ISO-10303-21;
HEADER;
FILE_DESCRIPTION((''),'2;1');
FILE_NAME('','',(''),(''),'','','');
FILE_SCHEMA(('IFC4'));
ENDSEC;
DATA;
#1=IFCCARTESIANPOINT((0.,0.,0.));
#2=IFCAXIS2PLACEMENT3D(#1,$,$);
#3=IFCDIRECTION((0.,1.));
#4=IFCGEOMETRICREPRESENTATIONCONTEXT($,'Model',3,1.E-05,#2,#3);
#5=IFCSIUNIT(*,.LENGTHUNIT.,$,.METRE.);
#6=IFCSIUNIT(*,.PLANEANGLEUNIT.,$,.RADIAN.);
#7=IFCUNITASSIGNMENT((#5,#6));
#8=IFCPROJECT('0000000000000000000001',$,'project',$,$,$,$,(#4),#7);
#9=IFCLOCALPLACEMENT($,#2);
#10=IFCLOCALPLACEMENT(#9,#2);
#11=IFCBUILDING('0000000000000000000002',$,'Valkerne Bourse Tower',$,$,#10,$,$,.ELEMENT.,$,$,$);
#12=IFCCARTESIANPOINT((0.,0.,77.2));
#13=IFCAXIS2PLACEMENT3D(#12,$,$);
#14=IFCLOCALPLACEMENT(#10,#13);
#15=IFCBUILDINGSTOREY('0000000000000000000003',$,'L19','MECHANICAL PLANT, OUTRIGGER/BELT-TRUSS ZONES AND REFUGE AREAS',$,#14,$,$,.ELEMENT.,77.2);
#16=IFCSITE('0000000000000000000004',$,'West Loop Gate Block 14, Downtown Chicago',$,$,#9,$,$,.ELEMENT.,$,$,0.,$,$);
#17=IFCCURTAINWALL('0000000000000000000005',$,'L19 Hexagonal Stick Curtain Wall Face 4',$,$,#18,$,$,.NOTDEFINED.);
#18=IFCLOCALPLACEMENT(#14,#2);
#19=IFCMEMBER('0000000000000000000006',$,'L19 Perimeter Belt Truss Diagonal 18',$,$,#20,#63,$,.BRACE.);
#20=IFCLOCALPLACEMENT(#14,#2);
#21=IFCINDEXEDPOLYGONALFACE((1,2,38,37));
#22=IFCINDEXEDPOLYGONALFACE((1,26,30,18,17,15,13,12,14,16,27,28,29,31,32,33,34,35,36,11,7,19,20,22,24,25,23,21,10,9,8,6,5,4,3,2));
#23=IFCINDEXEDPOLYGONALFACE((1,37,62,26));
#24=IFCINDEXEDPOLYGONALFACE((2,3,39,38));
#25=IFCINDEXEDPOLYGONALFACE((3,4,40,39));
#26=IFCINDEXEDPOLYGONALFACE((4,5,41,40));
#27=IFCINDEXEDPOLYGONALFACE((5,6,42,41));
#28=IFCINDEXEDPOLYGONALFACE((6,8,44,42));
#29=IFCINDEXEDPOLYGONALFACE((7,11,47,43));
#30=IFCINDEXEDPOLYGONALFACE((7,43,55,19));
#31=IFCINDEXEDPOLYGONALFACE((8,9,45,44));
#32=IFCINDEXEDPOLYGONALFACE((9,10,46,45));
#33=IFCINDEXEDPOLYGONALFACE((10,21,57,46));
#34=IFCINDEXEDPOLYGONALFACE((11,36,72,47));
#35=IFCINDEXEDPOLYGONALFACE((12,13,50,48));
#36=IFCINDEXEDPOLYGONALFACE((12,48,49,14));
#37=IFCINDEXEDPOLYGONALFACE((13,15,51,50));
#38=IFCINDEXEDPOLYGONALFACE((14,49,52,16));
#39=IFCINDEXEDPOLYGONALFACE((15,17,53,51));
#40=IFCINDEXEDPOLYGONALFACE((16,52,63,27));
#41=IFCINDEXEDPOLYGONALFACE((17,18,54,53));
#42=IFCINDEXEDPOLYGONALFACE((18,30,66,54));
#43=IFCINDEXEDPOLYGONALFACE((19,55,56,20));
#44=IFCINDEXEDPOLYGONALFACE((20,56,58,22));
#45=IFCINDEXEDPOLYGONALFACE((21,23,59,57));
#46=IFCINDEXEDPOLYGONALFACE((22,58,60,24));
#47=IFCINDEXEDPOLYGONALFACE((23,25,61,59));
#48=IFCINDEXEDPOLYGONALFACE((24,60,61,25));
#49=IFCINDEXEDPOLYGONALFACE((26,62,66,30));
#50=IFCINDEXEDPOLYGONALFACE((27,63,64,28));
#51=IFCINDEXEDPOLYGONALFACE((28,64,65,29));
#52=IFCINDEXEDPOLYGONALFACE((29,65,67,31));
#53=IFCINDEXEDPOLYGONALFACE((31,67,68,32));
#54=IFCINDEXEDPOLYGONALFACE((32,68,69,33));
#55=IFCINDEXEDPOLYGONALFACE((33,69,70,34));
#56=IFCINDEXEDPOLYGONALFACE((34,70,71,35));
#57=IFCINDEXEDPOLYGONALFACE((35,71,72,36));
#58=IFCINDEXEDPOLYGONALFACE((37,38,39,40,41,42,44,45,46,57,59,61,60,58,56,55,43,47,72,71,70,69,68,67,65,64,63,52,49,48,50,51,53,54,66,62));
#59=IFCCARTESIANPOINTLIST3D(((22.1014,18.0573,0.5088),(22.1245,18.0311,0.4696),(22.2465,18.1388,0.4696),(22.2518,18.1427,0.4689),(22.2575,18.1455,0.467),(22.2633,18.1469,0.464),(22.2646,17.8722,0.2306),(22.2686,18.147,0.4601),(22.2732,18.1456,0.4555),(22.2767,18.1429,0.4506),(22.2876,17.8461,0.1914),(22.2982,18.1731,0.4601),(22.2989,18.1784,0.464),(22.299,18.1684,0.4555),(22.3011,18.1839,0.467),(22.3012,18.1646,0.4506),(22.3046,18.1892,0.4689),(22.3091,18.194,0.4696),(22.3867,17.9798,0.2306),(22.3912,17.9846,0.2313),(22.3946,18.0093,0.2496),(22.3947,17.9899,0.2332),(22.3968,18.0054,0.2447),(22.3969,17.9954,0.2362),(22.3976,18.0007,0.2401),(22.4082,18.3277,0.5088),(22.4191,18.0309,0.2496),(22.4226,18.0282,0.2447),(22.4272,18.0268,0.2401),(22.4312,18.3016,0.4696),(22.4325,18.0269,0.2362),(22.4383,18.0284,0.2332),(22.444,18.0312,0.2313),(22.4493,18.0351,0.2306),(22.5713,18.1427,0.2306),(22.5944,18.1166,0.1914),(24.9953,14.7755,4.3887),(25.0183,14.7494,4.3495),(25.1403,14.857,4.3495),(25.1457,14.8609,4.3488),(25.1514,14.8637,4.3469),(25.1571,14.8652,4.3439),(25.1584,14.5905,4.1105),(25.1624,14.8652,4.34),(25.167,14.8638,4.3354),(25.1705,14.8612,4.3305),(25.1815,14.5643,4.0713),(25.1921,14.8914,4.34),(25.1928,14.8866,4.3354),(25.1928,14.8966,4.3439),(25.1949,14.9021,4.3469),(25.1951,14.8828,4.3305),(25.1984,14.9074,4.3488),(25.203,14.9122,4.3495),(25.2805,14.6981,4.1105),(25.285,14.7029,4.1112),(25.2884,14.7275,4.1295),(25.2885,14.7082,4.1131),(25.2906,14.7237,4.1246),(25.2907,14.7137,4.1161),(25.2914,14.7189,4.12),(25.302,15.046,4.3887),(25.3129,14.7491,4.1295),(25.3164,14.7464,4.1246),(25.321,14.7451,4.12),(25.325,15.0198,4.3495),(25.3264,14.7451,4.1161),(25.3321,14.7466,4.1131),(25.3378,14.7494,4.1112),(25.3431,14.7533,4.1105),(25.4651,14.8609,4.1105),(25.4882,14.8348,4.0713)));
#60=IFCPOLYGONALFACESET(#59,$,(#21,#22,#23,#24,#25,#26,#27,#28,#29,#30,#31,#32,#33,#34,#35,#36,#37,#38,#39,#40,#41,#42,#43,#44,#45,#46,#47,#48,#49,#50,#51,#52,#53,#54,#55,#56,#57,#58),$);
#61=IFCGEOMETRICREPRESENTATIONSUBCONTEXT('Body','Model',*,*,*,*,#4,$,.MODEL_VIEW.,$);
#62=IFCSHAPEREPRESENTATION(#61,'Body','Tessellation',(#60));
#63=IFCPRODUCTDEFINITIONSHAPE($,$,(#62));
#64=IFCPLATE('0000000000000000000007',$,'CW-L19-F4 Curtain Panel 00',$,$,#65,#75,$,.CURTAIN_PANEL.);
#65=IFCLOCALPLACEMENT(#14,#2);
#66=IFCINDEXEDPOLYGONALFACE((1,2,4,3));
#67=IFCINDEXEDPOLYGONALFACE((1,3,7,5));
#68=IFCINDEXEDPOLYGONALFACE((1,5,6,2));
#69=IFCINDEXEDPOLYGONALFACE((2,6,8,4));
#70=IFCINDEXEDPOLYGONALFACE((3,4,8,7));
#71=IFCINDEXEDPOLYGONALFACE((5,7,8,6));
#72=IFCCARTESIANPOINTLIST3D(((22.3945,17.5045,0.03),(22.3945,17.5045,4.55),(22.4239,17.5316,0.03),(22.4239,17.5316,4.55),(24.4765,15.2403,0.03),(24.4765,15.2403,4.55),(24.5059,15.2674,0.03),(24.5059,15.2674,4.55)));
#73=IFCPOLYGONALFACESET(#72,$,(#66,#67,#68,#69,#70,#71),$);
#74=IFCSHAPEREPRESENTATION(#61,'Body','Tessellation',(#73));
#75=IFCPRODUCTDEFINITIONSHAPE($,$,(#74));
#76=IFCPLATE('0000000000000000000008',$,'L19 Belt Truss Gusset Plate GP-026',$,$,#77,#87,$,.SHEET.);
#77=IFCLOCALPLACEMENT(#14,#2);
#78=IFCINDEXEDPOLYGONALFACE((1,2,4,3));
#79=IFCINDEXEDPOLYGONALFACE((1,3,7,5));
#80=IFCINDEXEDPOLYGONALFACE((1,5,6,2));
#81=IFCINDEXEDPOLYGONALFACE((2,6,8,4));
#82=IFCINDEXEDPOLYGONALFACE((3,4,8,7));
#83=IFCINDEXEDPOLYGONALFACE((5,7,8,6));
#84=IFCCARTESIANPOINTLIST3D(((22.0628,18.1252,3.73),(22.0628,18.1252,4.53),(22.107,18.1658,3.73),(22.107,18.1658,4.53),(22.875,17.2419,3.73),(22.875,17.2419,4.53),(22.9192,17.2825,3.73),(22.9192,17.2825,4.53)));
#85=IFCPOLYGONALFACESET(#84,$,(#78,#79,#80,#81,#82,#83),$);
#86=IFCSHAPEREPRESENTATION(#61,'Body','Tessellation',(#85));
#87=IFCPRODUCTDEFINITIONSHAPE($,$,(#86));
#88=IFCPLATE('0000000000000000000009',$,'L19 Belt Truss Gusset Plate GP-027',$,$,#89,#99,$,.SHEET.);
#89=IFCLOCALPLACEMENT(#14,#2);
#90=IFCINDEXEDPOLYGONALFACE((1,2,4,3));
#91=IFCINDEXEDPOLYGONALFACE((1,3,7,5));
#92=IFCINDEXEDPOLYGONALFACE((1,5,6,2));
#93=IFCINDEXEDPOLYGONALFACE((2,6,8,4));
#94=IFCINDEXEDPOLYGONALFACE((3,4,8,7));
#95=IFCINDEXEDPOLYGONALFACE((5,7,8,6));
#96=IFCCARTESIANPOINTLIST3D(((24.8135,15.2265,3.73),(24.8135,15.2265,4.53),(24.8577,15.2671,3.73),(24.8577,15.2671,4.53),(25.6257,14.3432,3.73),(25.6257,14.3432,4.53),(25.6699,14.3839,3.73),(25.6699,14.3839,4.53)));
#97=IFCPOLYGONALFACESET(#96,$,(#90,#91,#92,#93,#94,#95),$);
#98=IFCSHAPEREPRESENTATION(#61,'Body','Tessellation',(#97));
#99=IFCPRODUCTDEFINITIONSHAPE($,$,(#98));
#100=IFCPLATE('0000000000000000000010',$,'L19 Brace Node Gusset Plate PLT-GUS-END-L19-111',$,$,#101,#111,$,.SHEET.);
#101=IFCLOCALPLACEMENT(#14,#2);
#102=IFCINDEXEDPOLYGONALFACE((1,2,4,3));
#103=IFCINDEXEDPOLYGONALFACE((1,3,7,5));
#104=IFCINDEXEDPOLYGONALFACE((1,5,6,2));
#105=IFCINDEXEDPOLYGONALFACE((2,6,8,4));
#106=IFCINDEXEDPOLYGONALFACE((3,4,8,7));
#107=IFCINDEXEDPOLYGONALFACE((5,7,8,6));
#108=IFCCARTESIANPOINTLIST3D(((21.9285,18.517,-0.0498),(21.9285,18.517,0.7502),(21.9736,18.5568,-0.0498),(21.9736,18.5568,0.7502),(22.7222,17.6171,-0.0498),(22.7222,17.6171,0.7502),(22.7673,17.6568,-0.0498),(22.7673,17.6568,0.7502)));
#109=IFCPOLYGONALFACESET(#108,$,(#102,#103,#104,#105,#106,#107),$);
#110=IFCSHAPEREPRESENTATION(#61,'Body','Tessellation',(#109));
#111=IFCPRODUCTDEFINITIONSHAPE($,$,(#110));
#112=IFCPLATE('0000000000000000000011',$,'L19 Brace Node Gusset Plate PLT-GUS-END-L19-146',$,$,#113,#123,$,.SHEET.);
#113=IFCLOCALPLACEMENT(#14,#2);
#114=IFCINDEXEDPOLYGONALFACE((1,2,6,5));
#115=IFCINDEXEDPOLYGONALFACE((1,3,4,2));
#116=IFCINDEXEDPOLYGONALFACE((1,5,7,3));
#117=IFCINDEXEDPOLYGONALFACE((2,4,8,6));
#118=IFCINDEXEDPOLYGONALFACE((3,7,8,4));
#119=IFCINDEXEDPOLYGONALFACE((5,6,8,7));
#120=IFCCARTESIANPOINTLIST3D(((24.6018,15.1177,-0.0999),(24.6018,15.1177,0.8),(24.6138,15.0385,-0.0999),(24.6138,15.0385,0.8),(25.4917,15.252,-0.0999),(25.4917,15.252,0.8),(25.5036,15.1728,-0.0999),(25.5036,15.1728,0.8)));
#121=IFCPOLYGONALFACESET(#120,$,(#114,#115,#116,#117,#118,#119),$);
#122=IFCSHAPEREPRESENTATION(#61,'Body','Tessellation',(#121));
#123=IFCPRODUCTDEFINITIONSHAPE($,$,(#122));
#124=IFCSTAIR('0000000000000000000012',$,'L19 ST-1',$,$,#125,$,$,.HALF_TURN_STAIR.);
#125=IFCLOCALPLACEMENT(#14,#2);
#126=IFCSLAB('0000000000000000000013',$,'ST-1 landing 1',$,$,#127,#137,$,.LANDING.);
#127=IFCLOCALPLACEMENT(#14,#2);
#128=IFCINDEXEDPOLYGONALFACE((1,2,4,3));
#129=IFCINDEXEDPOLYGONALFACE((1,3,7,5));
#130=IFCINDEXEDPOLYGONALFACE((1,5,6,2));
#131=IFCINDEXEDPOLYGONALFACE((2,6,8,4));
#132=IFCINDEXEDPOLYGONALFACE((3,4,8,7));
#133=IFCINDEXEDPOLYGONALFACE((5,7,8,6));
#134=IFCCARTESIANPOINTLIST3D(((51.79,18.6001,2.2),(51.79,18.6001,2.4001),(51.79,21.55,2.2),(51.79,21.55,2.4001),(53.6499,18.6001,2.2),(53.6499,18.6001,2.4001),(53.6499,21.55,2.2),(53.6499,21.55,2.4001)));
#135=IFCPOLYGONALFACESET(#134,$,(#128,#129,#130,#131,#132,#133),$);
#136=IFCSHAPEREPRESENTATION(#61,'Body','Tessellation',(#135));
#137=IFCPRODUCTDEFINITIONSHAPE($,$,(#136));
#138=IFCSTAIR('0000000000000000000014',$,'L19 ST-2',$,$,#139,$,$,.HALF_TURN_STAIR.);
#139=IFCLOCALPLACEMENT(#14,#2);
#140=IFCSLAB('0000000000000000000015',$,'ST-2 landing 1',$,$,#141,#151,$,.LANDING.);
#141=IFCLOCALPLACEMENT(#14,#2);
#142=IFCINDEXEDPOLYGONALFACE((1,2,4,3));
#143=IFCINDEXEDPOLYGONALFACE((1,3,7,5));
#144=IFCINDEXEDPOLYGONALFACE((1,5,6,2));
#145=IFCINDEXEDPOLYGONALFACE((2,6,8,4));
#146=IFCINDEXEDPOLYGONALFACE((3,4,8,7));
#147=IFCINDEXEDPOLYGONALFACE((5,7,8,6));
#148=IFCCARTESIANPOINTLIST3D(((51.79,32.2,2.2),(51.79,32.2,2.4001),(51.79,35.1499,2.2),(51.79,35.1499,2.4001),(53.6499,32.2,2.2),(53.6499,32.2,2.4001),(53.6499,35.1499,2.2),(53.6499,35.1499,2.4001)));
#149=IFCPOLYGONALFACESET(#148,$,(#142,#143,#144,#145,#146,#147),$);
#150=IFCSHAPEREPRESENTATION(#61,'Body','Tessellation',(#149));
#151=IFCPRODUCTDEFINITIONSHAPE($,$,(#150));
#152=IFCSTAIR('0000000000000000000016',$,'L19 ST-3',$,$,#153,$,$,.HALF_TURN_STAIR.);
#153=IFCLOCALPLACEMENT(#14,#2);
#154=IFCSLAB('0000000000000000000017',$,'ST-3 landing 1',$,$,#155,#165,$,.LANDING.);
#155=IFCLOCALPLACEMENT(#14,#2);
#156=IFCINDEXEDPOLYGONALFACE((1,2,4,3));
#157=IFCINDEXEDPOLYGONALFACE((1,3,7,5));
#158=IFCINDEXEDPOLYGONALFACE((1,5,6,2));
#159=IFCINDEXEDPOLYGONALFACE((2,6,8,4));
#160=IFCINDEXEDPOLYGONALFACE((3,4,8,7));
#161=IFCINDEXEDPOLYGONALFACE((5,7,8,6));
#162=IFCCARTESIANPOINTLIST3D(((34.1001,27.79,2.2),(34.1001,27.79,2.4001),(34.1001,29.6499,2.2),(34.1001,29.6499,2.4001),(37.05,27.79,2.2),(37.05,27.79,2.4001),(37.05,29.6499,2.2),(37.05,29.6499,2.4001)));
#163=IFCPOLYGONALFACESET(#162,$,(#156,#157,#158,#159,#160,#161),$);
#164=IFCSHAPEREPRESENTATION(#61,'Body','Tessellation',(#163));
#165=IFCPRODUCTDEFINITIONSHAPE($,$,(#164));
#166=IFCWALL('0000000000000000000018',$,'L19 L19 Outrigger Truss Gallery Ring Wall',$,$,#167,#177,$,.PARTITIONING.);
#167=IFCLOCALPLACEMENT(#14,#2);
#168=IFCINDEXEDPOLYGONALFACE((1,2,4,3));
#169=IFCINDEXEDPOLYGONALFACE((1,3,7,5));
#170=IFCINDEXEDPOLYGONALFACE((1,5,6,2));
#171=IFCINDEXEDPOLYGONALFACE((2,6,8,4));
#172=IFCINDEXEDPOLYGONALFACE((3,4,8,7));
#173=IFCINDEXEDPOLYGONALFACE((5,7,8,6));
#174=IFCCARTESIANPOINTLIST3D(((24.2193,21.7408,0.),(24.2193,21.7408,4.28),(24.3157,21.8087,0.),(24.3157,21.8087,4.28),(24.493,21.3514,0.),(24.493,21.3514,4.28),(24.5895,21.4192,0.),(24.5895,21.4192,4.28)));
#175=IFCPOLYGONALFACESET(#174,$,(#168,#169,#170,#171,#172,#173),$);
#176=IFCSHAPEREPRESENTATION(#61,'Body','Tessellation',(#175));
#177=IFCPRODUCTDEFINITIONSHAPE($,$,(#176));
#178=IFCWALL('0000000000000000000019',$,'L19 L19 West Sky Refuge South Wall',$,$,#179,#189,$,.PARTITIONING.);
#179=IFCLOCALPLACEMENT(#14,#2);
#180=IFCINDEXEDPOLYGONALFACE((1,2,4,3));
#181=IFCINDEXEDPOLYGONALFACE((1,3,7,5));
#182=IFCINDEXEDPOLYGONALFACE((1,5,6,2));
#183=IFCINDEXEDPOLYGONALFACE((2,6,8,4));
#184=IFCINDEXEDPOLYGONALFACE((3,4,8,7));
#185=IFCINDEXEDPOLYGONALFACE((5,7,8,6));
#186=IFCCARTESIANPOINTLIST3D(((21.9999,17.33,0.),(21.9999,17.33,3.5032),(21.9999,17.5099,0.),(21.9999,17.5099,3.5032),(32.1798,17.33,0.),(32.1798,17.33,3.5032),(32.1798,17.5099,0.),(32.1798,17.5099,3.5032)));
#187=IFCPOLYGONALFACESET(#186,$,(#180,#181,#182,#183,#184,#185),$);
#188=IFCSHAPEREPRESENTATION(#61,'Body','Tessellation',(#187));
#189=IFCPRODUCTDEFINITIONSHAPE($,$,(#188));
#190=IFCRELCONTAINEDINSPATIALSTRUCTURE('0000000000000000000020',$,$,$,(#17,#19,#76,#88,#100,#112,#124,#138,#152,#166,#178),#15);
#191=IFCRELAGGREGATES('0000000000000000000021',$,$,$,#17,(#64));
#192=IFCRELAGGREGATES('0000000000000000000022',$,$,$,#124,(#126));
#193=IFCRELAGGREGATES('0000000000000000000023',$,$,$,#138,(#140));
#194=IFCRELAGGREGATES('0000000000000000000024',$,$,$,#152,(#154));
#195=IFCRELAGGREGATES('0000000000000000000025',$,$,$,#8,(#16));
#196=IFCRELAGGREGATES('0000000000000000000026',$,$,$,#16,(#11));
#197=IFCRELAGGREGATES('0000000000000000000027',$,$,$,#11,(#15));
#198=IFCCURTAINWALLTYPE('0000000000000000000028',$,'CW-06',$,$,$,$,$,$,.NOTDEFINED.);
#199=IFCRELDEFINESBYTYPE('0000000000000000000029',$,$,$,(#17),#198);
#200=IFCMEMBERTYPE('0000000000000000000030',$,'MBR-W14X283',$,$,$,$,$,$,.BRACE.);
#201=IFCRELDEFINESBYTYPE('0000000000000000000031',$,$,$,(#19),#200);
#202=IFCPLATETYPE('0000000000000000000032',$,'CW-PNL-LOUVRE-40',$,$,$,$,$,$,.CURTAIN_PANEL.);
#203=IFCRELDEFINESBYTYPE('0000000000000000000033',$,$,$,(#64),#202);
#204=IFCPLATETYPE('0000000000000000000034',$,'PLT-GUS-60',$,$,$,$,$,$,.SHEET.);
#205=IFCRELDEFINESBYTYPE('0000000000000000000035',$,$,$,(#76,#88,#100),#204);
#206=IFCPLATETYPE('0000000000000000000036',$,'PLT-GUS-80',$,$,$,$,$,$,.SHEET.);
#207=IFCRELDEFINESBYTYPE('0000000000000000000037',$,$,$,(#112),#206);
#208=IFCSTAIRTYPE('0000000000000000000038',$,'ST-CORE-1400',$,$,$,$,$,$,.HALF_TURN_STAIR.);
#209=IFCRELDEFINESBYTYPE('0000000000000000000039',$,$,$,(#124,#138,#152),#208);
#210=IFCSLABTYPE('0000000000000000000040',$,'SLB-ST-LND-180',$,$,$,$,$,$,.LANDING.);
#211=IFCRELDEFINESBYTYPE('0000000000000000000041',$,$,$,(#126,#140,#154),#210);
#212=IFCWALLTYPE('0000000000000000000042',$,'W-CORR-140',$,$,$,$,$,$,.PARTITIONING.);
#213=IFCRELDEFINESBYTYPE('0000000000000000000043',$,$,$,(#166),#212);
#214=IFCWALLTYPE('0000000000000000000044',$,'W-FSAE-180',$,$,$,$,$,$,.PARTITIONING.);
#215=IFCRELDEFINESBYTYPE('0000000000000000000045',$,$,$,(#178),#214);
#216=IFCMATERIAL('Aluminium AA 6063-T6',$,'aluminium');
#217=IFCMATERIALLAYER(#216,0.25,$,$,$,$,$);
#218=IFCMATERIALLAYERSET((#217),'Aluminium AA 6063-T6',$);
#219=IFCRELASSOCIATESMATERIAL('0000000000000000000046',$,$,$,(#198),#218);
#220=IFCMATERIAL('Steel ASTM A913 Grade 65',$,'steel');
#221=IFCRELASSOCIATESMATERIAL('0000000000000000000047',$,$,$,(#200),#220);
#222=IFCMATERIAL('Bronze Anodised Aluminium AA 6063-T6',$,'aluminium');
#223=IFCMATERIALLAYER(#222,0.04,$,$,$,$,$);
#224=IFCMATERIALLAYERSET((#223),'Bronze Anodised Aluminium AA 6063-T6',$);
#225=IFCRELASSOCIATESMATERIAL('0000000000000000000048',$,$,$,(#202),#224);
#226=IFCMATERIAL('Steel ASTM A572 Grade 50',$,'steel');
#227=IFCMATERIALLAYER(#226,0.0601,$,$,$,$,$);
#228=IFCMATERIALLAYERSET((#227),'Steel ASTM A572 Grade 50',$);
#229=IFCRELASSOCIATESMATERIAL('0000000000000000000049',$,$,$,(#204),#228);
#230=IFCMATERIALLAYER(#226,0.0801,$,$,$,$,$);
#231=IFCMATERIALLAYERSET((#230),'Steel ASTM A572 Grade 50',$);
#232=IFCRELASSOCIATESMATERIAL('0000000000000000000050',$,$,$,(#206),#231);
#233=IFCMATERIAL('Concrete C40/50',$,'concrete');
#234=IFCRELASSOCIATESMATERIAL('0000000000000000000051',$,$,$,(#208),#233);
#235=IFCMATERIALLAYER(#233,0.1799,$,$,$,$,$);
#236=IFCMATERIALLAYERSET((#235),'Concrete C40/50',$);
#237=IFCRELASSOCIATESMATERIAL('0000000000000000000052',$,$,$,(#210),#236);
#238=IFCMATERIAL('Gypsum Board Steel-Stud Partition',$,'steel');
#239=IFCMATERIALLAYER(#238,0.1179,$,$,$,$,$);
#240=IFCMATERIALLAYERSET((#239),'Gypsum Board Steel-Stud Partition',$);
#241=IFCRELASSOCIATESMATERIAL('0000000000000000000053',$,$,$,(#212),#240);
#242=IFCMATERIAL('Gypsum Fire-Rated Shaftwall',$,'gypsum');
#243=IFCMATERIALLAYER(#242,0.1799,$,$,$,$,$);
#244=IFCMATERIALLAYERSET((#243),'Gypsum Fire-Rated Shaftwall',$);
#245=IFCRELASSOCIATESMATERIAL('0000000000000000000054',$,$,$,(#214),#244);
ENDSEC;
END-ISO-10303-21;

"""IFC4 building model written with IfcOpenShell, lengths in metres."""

from ifc_helpers import new_model, si_unit, direction, frame, frame_2d, origin, origin_2d, place, context, subcontext, project, spatial, polyline, rectangle, i_section, outline, extrude, material, layer, layer_set, material_profile, profile_set, type_object, element, aggregate, save


model = new_model("IFC4")

# Units and contexts
model_context = context("Model", 3, precision=1e-05, world=origin(), true_north=direction((0.0, 1.0)))
body_context = subcontext(model_context, "Body", "Model", "MODEL_VIEW")
ifc_project = project(units=[si_unit("LENGTHUNIT", "METRE"), si_unit("PLANEANGLEUNIT", "RADIAN")], contexts=[model_context])

# Site, building, storey
site_placement = place(None, origin())
site = spatial("IfcSite", under=ifc_project, at=site_placement, Name="West Loop Gate Block 14, Downtown Chicago", CompositionType="ELEMENT", RefElevation=0.0)
building_placement = place(site_placement, origin())
building = spatial("IfcBuilding", under=site, at=building_placement, Name="Valkerne Bourse Tower", CompositionType="ELEMENT")
storey_placement = place(building_placement, frame((0.0, 0.0, 77.2)))
storey = spatial("IfcBuildingStorey", under=building, at=storey_placement, Name="L19", Description="MECHANICAL PLANT, OUTRIGGER/BELT-TRUSS ZONES AND REFUGE AREAS", CompositionType="ELEMENT", Elevation=77.2)

# Shared definitions
ifc_material_1 = material(Name="Steel ASTM A913 Grade 65", Category="steel")

# Curtain wall
ifc_material_2 = material(Name="Aluminium AA 6063-T6", Category="aluminium")
ifc_layer_1 = layer(ifc_material_2, 0.25)
ifc_layer_set_1 = layer_set([ifc_layer_1], Name="Aluminium AA 6063-T6")
curtain_wall_type = type_object("IfcCurtainWallType", Name="CW-06", PredefinedType="NOTDEFINED", material=ifc_layer_set_1)
curtain_wall_placement = place(storey_placement, origin())
curtain_wall = element("IfcCurtainWall", 1, at=curtain_wall_placement, inside=storey, type_object=curtain_wall_type, Name="L19 Hexagonal Stick Curtain Wall Face 4", PredefinedType="NOTDEFINED")

# Member
ifc_material_profile_1 = material_profile(ifc_material_1, i_section(OverallWidth=0.4089, OverallDepth=0.4243, WebThickness=0.0327, FlangeThickness=0.0525, FilletRadius=0.0254, at=origin_2d()), Name="W14X283")
ifc_profile_set_1 = profile_set([ifc_material_profile_1], Name="Steel ASTM A913 Grade 65")
member_type_1 = type_object("IfcMemberType", Name="MBR-W14X283", PredefinedType="BRACE", material=ifc_profile_set_1)
member_1_placement = place(storey_placement, frame((22.3479, 18.0869, 0.3501), z_axis=(0.494848, -0.561187, 0.663471), x_axis=(0.750048, 0.661384, 0.0)))
element("IfcMember", 2, at=member_1_placement, inside=storey, type_object=member_type_1, Name="L19 Perimeter Belt Truss Diagonal 18", PredefinedType="BRACE", context=body_context, shape_type="SweptSolid", body=[
    extrude(i_section(OverallWidth=0.4089, OverallDepth=0.4243, WebThickness=0.0327, FlangeThickness=0.0525, FilletRadius=0.0254, at=origin_2d()), origin(), (0.0, 0.0, 1.0), 5.8479),
])

# Plate
ifc_material_3 = material(Name="Bronze Anodised Aluminium AA 6063-T6", Category="aluminium")
ifc_layer_2 = layer(ifc_material_3, 0.04)
ifc_layer_set_2 = layer_set([ifc_layer_2], Name="Bronze Anodised Aluminium AA 6063-T6")
plate_type_1 = type_object("IfcPlateType", Name="CW-PNL-LOUVRE-40", PredefinedType="CURTAIN_PANEL", material=ifc_layer_set_2)
plate_1_placement = place(storey_placement, frame((23.4502, 16.386, 0.03), z_axis=(0.0, 0.0, 1.0), x_axis=(0.676869, -0.736103, 0.0)))
plate_1 = element("IfcPlate", 3, at=plate_1_placement, type_object=plate_type_1, Name="CW-L19-F4 Curtain Panel 00", PredefinedType="CURTAIN_PANEL", context=body_context, shape_type="SweptSolid", body=[
    extrude(rectangle(XDim=3.0759, YDim=0.04, at=origin_2d()), origin(), (0.0, 0.0, 1.0), 4.52),
])
aggregate(curtain_wall, [plate_1])

# Plates
ifc_material_4 = material(Name="Steel ASTM A572 Grade 50", Category="steel")
ifc_layer_3 = layer(ifc_material_4, 0.0601)
ifc_layer_set_3 = layer_set([ifc_layer_3], Name="Steel ASTM A572 Grade 50")
plate_type_2 = type_object("IfcPlateType", Name="PLT-GUS-60", PredefinedType="SHEET", material=ifc_layer_set_3)
for number, where, z_axis, x_axis, name in (
    (4, (22.491, 17.7039, 3.73), (0.0, 0.0, 1.0), (0.676876, -0.736097, 0.0), "L19 Belt Truss Gusset Plate GP-026"),
    (5, (25.2417, 14.8052, 3.73), (0.0, 0.0, 1.0), (0.676876, -0.736097, 0.0), "L19 Belt Truss Gusset Plate GP-027"),
    (6, (22.3479, 18.0869, -0.0498), (0.0, 0.0, 1.0), (0.661443, -0.749996, 0.0), "L19 Brace Node Gusset Plate PLT-GUS-END-L19-111"),
):
    element("IfcPlate", number, at=place(storey_placement, frame(where, z_axis=z_axis, x_axis=x_axis)), inside=storey, type_object=plate_type_2, Name=name, PredefinedType="SHEET", context=body_context, shape_type="SweptSolid", body=[
        extrude(rectangle(XDim=1.2, YDim=0.0601, at=origin_2d()), origin(), (0.0, 0.0, 1.0), 0.8),
    ])
ifc_layer_4 = layer(ifc_material_4, 0.0801)
ifc_layer_set_4 = layer_set([ifc_layer_4], Name="Steel ASTM A572 Grade 50")
plate_type_3 = type_object("IfcPlateType", Name="PLT-GUS-80", PredefinedType="SHEET", material=ifc_layer_set_4)
plate_2_placement = place(storey_placement, frame((25.0527, 15.1453, -0.0999), z_axis=(0.0, 0.0, 1.0), x_axis=(0.988809, 0.14919, 0.0)))
element("IfcPlate", 7, at=plate_2_placement, inside=storey, type_object=plate_type_3, Name="L19 Brace Node Gusset Plate PLT-GUS-END-L19-146", PredefinedType="SHEET", context=body_context, shape_type="SweptSolid", body=[
    extrude(rectangle(XDim=0.8999, YDim=0.0801, at=origin_2d()), origin(), (0.0, 0.0, 1.0), 0.8999),
])

# Stairs, slabs
ifc_material_5 = material(Name="Concrete C40/50", Category="concrete")
stair_type = type_object("IfcStairType", Name="ST-CORE-1400", PredefinedType="HALF_TURN_STAIR", material=ifc_material_5)
stair_1_placement = place(storey_placement, origin())
stair_1 = element("IfcStair", 8, at=stair_1_placement, inside=storey, type_object=stair_type, Name="L19 ST-1", PredefinedType="HALF_TURN_STAIR")
ifc_layer_5 = layer(ifc_material_5, 0.1799)
ifc_layer_set_5 = layer_set([ifc_layer_5], Name="Concrete C40/50")
slab_type = type_object("IfcSlabType", Name="SLB-ST-LND-180", PredefinedType="LANDING", material=ifc_layer_set_5)
slab_1_placement = place(storey_placement, frame((0.0, 0.0, 2.2)))
slab_1 = element("IfcSlab", 9, at=slab_1_placement, type_object=slab_type, Name="ST-1 landing 1", PredefinedType="LANDING", context=body_context, shape_type="SweptSolid", body=[
    extrude(outline(polyline([(51.79, 18.6001), (53.6499, 18.6001), (53.6499, 21.55), (51.79, 21.55), (51.79, 18.6001)])), origin(), (0.0, 0.0, 1.0), 0.2002),
])
aggregate(stair_1, [slab_1])
stair_2_placement = place(storey_placement, origin())
stair_2 = element("IfcStair", 10, at=stair_2_placement, inside=storey, type_object=stair_type, Name="L19 ST-2", PredefinedType="HALF_TURN_STAIR")
slab_2_placement = place(storey_placement, frame((0.0, 0.0, 2.2)))
slab_2 = element("IfcSlab", 11, at=slab_2_placement, type_object=slab_type, Name="ST-2 landing 1", PredefinedType="LANDING", context=body_context, shape_type="SweptSolid", body=[
    extrude(outline(polyline([(51.79, 32.2), (53.6499, 32.2), (53.6499, 35.1499), (51.79, 35.1499), (51.79, 32.2)])), origin(), (0.0, 0.0, 1.0), 0.2002),
])
aggregate(stair_2, [slab_2])
stair_3_placement = place(storey_placement, origin())
stair_3 = element("IfcStair", 12, at=stair_3_placement, inside=storey, type_object=stair_type, Name="L19 ST-3", PredefinedType="HALF_TURN_STAIR")
slab_3_placement = place(storey_placement, frame((0.0, 0.0, 2.2)))
slab_3 = element("IfcSlab", 13, at=slab_3_placement, type_object=slab_type, Name="ST-3 landing 1", PredefinedType="LANDING", context=body_context, shape_type="SweptSolid", body=[
    extrude(outline(polyline([(37.05, 27.79), (37.05, 29.6499), (34.1001, 29.6499), (34.1001, 27.79), (37.05, 27.79)])), origin(), (0.0, 0.0, 1.0), 0.2002),
])
aggregate(stair_3, [slab_3])

# Walls
ifc_material_6 = material(Name="Gypsum Board Steel-Stud Partition", Category="steel")
ifc_layer_6 = layer(ifc_material_6, 0.1179)
ifc_layer_set_6 = layer_set([ifc_layer_6], Name="Gypsum Board Steel-Stud Partition")
wall_type_1 = type_object("IfcWallType", Name="W-CORR-140", PredefinedType="PARTITIONING", material=ifc_layer_set_6)
wall_1_placement = place(storey_placement, frame((24.5413, 21.3853, 0.0), z_axis=(0.0, 0.0, 1.0), x_axis=(-0.57501, 0.818146, 0.0)))
element("IfcWall", 14, at=wall_1_placement, inside=storey, type_object=wall_type_1, Name="L19 L19 Outrigger Truss Gallery Ring Wall", PredefinedType="PARTITIONING", context=body_context, shape_type="SweptSolid", body=[
    extrude(rectangle(XDim=0.4761, YDim=0.1179, at=frame_2d((0.238, 0.0))), origin(), (0.0, 0.0, 1.0), 4.28),
])
ifc_material_7 = material(Name="Gypsum Fire-Rated Shaftwall", Category="gypsum")
ifc_layer_7 = layer(ifc_material_7, 0.1799)
ifc_layer_set_7 = layer_set([ifc_layer_7], Name="Gypsum Fire-Rated Shaftwall")
wall_type_2 = type_object("IfcWallType", Name="W-FSAE-180", PredefinedType="PARTITIONING", material=ifc_layer_set_7)
wall_2_placement = place(storey_placement, frame((22.0, 17.4199, 0.0), z_axis=(0.0, 0.0, 1.0), x_axis=(1.0, 0.0, 0.0)))
element("IfcWall", 15, at=wall_2_placement, inside=storey, type_object=wall_type_2, Name="L19 L19 West Sky Refuge South Wall", PredefinedType="PARTITIONING", context=body_context, shape_type="SweptSolid", body=[
    extrude(rectangle(XDim=10.1799, YDim=0.1799, at=frame_2d((5.0898, 0.0))), origin(), (0.0, 0.0, 1.0), 3.5032),
])

save(model, "model.ifc")
